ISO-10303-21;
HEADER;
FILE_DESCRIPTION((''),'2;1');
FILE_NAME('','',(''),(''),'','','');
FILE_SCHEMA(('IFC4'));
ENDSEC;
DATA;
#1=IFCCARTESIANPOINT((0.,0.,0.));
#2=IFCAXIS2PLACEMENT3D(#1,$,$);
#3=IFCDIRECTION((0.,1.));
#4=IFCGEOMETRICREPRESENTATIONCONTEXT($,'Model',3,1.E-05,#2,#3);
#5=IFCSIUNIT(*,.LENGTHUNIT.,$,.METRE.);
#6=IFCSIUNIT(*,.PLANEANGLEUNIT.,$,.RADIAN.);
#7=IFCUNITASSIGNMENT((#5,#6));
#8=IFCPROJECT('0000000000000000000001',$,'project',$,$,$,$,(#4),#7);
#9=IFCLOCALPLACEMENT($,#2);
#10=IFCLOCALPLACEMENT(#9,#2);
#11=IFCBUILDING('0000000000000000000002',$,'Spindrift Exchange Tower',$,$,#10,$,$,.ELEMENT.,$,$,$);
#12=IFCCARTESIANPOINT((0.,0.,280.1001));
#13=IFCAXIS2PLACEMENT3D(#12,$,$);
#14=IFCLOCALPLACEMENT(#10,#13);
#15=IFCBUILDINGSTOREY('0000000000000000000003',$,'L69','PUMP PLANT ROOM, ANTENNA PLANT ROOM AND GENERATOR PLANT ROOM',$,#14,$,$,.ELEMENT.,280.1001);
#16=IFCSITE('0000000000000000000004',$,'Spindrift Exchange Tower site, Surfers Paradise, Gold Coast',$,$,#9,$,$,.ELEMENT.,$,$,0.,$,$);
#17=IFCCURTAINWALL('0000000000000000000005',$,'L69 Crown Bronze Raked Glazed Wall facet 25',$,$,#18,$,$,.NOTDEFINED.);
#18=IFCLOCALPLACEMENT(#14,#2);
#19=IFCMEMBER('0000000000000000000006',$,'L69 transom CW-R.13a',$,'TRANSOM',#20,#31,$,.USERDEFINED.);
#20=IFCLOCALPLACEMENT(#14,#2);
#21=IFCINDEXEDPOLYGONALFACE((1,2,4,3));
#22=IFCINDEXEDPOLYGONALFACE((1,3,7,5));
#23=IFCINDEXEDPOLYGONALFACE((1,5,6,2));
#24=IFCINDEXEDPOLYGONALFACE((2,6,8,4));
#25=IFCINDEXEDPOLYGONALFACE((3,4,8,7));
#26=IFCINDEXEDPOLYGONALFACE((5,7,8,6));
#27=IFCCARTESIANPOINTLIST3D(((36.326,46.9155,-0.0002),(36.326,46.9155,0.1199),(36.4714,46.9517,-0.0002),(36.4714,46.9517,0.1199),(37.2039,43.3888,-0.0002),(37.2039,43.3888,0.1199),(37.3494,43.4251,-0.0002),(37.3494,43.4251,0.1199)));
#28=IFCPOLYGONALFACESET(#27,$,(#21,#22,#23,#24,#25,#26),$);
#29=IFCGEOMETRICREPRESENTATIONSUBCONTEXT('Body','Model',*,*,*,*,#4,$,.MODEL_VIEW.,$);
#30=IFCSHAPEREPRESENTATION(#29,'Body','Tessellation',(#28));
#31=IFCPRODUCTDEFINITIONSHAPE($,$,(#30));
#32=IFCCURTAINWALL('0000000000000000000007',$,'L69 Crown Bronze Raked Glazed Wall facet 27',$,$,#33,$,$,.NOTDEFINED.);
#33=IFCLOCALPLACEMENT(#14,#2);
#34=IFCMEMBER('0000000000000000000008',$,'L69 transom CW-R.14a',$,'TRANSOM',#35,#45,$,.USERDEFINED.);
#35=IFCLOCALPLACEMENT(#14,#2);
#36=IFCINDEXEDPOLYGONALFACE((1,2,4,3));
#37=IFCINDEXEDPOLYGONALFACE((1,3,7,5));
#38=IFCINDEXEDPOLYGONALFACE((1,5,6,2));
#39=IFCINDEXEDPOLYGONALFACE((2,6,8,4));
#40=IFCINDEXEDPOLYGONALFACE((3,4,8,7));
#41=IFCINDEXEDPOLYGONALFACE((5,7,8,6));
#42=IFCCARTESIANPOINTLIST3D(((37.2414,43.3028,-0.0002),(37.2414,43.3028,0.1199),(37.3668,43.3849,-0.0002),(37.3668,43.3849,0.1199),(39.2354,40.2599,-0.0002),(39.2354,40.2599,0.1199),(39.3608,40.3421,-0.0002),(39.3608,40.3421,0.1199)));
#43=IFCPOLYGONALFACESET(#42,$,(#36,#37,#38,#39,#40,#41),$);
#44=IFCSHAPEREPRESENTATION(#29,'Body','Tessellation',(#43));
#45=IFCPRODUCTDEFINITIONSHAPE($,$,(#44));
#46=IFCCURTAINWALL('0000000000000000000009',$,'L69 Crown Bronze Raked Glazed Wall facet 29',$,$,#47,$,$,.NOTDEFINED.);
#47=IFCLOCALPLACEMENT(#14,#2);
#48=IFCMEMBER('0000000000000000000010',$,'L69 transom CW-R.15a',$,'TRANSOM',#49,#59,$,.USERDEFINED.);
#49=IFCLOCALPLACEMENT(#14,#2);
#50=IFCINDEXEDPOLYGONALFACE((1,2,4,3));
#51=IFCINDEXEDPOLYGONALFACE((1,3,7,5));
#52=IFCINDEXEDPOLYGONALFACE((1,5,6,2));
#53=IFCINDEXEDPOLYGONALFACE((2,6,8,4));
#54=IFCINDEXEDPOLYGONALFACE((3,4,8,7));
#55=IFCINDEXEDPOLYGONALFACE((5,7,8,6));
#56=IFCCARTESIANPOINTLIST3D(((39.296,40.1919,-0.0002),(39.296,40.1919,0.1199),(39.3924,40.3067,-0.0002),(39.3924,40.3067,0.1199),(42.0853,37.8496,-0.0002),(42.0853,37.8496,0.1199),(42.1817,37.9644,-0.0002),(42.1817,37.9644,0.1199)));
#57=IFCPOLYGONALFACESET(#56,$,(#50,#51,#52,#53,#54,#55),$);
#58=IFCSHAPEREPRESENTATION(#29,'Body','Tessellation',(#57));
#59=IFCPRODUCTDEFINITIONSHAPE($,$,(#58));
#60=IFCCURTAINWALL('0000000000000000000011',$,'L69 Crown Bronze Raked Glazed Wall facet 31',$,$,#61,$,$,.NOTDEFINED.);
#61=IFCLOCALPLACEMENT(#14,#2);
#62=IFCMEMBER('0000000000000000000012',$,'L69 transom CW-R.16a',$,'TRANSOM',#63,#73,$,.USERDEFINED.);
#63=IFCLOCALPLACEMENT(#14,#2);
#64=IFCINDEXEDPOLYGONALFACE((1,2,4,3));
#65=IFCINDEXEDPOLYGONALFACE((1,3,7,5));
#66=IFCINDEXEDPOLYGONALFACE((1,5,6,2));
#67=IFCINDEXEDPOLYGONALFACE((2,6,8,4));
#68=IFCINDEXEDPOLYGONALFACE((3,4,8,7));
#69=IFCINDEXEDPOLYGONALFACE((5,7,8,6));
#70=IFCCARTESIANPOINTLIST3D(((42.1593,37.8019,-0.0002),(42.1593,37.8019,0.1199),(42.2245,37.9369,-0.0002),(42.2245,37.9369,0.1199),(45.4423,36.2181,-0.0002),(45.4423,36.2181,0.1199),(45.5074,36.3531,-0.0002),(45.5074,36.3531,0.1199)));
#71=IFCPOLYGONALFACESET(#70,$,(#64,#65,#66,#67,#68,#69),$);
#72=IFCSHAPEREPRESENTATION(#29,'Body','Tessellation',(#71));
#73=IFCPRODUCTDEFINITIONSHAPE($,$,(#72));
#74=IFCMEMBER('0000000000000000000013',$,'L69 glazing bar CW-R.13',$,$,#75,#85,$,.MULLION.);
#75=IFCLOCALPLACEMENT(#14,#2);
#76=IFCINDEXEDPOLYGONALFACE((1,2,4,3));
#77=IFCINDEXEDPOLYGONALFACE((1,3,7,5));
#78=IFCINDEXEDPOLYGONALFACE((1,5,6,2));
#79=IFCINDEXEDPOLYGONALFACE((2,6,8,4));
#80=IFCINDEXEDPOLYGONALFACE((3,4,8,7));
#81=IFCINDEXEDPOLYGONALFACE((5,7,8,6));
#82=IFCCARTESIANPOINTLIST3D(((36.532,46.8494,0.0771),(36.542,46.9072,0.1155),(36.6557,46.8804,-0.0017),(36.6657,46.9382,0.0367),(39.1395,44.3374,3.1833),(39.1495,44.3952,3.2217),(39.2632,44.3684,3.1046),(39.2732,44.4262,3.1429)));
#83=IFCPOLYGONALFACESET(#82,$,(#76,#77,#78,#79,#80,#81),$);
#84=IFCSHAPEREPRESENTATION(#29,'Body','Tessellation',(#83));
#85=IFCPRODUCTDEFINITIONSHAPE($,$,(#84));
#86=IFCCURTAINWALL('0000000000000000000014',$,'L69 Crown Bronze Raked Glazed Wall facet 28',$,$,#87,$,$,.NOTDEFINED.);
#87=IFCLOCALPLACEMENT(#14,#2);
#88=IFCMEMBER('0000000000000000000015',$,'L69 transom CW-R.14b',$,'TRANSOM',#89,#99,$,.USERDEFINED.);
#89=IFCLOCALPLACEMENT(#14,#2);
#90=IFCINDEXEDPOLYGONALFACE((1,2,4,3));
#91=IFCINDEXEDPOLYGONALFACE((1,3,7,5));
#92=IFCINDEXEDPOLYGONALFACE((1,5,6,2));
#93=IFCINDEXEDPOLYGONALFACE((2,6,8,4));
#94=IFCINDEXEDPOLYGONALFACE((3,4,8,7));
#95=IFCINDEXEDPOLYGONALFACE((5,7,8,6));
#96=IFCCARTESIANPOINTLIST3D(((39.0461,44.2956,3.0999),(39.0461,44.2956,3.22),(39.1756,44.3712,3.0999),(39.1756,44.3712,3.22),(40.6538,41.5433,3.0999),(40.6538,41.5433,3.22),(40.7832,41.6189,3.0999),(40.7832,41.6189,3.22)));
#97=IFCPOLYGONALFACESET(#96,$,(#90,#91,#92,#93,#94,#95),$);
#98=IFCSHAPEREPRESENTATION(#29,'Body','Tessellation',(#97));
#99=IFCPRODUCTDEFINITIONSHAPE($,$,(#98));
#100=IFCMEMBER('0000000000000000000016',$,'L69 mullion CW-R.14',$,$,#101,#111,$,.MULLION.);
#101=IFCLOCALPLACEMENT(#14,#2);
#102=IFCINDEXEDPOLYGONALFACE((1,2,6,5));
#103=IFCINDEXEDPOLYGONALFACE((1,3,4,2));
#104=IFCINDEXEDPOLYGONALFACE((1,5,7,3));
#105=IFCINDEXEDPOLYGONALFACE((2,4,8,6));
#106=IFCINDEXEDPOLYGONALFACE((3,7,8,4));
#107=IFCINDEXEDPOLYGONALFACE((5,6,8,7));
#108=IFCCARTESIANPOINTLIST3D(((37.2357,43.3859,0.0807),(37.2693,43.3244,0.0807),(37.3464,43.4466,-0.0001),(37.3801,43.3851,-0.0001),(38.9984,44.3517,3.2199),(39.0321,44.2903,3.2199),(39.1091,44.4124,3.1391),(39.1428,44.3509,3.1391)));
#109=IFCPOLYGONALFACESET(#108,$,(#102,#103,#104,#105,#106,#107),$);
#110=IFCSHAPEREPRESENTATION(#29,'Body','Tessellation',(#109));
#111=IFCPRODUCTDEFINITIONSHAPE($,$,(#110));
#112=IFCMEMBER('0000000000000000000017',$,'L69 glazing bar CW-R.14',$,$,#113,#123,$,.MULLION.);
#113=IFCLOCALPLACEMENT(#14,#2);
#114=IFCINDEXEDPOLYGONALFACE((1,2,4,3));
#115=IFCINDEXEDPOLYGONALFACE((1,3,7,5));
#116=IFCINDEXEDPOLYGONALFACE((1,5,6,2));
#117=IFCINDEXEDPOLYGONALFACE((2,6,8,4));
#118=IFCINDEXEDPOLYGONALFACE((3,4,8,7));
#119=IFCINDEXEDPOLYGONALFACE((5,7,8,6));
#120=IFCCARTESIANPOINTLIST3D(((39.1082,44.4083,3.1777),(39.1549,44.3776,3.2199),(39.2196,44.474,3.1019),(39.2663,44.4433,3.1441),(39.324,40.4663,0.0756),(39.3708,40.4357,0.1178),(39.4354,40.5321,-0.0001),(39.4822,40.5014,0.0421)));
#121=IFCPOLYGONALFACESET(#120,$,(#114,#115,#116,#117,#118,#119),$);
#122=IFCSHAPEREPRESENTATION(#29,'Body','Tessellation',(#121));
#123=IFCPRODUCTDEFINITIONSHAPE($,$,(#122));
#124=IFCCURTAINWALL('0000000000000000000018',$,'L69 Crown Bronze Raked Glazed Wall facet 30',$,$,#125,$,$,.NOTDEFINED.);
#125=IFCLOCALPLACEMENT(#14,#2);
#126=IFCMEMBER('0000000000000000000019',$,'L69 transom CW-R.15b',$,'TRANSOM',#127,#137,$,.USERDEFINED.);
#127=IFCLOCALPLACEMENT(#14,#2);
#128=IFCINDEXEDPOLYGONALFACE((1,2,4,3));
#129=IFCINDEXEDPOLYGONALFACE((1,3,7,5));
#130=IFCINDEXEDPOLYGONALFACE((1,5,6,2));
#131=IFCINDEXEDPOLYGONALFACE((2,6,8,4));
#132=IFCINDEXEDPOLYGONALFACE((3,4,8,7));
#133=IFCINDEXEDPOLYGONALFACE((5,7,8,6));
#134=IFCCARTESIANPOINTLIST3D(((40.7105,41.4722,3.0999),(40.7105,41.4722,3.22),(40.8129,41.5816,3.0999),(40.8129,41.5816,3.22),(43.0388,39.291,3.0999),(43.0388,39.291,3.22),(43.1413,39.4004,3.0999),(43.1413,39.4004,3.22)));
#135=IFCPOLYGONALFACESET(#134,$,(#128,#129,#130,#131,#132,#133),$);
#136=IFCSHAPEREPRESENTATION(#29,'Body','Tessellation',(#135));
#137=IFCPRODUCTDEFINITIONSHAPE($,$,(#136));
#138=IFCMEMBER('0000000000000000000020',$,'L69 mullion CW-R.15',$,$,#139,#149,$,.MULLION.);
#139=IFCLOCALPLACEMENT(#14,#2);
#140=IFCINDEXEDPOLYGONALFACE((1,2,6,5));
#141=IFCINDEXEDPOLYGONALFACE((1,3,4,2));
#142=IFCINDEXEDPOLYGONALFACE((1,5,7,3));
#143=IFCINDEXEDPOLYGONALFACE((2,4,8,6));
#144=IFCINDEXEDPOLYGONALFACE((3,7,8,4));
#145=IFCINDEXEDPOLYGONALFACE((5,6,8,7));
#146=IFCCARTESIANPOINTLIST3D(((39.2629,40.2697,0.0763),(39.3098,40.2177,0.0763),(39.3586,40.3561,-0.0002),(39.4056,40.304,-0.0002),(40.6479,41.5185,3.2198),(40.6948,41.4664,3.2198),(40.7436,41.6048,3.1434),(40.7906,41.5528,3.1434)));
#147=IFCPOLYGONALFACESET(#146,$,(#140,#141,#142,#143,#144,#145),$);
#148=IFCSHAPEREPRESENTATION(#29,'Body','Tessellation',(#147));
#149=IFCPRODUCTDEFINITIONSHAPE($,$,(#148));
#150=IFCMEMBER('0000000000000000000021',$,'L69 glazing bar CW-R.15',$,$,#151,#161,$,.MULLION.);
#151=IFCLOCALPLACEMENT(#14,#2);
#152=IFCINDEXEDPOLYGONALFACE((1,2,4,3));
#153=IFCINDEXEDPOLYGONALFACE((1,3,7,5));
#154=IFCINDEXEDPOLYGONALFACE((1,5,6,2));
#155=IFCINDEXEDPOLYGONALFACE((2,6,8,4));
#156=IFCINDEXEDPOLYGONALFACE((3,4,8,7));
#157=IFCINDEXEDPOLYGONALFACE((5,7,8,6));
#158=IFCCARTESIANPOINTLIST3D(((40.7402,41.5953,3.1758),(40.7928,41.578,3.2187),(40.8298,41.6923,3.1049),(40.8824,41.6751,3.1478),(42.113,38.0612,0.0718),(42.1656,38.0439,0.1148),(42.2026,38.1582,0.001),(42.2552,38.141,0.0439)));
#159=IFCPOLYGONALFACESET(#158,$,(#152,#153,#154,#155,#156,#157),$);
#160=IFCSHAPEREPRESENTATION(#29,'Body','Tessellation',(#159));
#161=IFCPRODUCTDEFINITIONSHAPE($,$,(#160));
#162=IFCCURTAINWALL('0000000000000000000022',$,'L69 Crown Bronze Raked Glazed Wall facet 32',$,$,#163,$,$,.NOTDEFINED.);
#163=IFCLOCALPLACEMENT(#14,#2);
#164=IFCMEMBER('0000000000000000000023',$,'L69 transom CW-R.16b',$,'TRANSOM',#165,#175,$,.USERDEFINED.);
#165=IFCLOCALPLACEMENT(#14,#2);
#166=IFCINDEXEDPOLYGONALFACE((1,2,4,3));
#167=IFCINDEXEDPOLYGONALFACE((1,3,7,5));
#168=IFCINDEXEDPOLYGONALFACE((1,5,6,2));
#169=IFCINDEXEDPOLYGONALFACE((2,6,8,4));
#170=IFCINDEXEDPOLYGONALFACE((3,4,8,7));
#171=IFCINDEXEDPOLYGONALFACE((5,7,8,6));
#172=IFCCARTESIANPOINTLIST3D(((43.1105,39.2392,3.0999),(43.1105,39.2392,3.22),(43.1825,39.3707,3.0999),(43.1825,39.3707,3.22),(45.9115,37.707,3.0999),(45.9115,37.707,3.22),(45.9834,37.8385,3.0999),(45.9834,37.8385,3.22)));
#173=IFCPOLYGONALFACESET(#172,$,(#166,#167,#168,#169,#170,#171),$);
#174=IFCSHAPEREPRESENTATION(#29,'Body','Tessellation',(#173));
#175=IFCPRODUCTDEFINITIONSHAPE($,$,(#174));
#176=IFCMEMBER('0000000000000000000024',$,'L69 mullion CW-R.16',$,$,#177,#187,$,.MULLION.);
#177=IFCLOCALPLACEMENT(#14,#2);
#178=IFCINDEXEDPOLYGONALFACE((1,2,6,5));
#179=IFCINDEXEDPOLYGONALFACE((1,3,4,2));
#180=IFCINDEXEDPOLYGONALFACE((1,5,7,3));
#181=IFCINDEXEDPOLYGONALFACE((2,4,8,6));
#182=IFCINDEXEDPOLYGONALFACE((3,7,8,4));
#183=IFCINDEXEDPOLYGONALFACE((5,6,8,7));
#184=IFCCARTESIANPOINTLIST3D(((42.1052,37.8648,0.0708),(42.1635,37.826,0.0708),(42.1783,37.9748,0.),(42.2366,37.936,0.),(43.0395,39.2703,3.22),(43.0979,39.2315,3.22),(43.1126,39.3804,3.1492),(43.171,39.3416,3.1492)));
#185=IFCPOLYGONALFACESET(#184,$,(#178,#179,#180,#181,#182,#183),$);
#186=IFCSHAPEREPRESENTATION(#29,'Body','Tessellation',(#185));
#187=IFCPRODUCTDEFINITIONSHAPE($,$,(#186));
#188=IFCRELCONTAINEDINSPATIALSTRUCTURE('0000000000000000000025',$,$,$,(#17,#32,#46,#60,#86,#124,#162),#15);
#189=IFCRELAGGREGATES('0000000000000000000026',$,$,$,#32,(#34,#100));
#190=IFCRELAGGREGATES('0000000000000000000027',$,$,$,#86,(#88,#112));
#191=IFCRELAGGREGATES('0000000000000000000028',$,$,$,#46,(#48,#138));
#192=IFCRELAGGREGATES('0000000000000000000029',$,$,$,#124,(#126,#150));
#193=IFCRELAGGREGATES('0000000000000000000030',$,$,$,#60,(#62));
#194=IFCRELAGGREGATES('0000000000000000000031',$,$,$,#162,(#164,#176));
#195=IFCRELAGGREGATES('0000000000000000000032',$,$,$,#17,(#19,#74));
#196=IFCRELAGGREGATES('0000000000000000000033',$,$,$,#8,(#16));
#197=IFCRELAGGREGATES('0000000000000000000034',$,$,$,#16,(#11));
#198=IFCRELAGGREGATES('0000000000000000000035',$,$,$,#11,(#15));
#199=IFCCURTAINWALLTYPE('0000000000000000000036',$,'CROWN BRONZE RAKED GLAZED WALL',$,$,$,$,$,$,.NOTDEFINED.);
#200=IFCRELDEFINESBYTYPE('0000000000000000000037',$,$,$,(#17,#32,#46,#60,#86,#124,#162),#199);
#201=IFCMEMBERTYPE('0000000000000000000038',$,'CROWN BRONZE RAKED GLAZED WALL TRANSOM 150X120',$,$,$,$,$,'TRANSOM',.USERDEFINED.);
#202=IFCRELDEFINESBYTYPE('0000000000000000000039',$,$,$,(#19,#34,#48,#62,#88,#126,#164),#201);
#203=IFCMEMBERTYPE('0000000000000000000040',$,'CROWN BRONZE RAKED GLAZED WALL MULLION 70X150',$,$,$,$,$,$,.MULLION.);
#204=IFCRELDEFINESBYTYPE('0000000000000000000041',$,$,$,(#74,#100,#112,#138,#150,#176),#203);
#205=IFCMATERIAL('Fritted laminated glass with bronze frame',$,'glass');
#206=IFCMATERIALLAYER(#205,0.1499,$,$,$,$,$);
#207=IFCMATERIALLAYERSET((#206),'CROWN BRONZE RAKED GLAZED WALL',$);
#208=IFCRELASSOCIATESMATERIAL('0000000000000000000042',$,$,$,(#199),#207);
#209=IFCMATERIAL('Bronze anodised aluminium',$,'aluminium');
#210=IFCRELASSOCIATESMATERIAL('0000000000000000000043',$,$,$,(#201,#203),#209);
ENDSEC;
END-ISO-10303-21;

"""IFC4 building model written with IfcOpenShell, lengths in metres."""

from ifc_helpers import new_model, si_unit, direction, frame, origin, origin_2d, place, context, subcontext, project, spatial, rectangle, extrude, source, transform, mapped, material, layer, layer_set, material_profile, profile_set, type_object, element, aggregate, save


model = new_model("IFC4")

# Units and contexts
model_context = context("Model", 3, precision=1e-05, world=origin(), true_north=direction((0.0, 1.0)))
body_context = subcontext(model_context, "Body", "Model", "MODEL_VIEW")
ifc_project = project(units=[si_unit("LENGTHUNIT", "METRE"), si_unit("PLANEANGLEUNIT", "RADIAN")], contexts=[model_context])

# Site, building, storey
site_placement = place(None, origin())
site = spatial("IfcSite", under=ifc_project, at=site_placement, Name="Spindrift Exchange Tower site, Surfers Paradise, Gold Coast", CompositionType="ELEMENT", RefElevation=0.0)
building_placement = place(site_placement, origin())
building = spatial("IfcBuilding", under=site, at=building_placement, Name="Spindrift Exchange Tower", CompositionType="ELEMENT")
storey_placement = place(building_placement, frame((0.0, 0.0, 280.1001)))
storey = spatial("IfcBuildingStorey", under=building, at=storey_placement, Name="L69", Description="PUMP PLANT ROOM, ANTENNA PLANT ROOM AND GENERATOR PLANT ROOM", CompositionType="ELEMENT", Elevation=280.1001)

# Curtain walls, members
ifc_material_1 = material(Name="Fritted laminated glass with bronze frame", Category="glass")
ifc_layer_1 = layer(ifc_material_1, 0.1499)
ifc_layer_set_1 = layer_set([ifc_layer_1], Name="CROWN BRONZE RAKED GLAZED WALL")
curtain_wall_type = type_object("IfcCurtainWallType", Name="CROWN BRONZE RAKED GLAZED WALL", PredefinedType="NOTDEFINED", material=ifc_layer_set_1)
curtain_wall_1_placement = place(storey_placement, origin())
curtain_wall_1 = element("IfcCurtainWall", 1, at=curtain_wall_1_placement, inside=storey, type_object=curtain_wall_type, Name="L69 Crown Bronze Raked Glazed Wall facet 25", PredefinedType="NOTDEFINED")
ifc_material_2 = material(Name="Bronze anodised aluminium", Category="aluminium")
ifc_material_profile_1 = material_profile(ifc_material_2, rectangle(XDim=0.1499, YDim=0.1201, at=origin_2d()), Name="CROWN BRONZE RAKED GLAZED WALL TRANSOM 150X120")
ifc_profile_set_1 = profile_set([ifc_material_profile_1], Name="Bronze anodised aluminium")
member_type_1 = type_object("IfcMemberType", Name="CROWN BRONZE RAKED GLAZED WALL TRANSOM 150X120", ElementType="TRANSOM", PredefinedType="USERDEFINED", material=ifc_profile_set_1)
shared_shape_1 = source(origin(), body_context, "Body", "SweptSolid", [
    extrude(rectangle(XDim=0.1499, YDim=0.1201, at=origin_2d()), origin(), (0.0, 0.0, 1.0), 3.6343),
])
member_1_placement = place(storey_placement, frame((36.3987, 46.9336, 0.0598), z_axis=(0.241571, -0.970383, 0.0), x_axis=(0.970383, 0.241571, 0.0)))
member_1 = element("IfcMember", 2, at=member_1_placement, type_object=member_type_1, Name="L69 transom CW-R.13a", ObjectType="TRANSOM", PredefinedType="USERDEFINED", context=body_context, shape_type="MappedRepresentation", body=[
    mapped(shared_shape_1, transform((0.0, 0.0, 0.0), scale=1.0)),
])
curtain_wall_2_placement = place(storey_placement, origin())
curtain_wall_2 = element("IfcCurtainWall", 3, at=curtain_wall_2_placement, inside=storey, type_object=curtain_wall_type, Name="L69 Crown Bronze Raked Glazed Wall facet 27", PredefinedType="NOTDEFINED")
shared_shape_2 = source(origin(), body_context, "Body", "SweptSolid", [
    extrude(rectangle(XDim=0.1499, YDim=0.1201, at=origin_2d()), origin(), (0.0, 0.0, 1.0), 3.6379),
])
member_2_placement = place(storey_placement, frame((39.2981, 40.301, 0.0598), z_axis=(-0.548101, 0.836412, 0.0), x_axis=(-0.836412, -0.548101, 0.0)))
member_2 = element("IfcMember", 4, at=member_2_placement, type_object=member_type_1, Name="L69 transom CW-R.14a", ObjectType="TRANSOM", PredefinedType="USERDEFINED", context=body_context, shape_type="MappedRepresentation", body=[
    mapped(shared_shape_2, transform((0.0, 0.0, 0.0), scale=1.0)),
])
curtain_wall_3_placement = place(storey_placement, origin())
curtain_wall_3 = element("IfcCurtainWall", 5, at=curtain_wall_3_placement, inside=storey, type_object=curtain_wall_type, Name="L69 Crown Bronze Raked Glazed Wall facet 29", PredefinedType="NOTDEFINED")
shared_shape_3 = source(origin(), body_context, "Body", "SweptSolid", [
    extrude(rectangle(XDim=0.1499, YDim=0.1201, at=origin_2d()), origin(), (0.0, 0.0, 1.0), 3.6423),
])
member_3_placement = place(storey_placement, frame((42.1335, 37.907, 0.0598), z_axis=(-0.765804, 0.643074, 0.0), x_axis=(-0.643074, -0.765804, 0.0)))
member_3 = element("IfcMember", 6, at=member_3_placement, type_object=member_type_1, Name="L69 transom CW-R.15a", ObjectType="TRANSOM", PredefinedType="USERDEFINED", context=body_context, shape_type="MappedRepresentation", body=[
    mapped(shared_shape_3, transform((0.0, 0.0, 0.0), scale=1.0)),
])
curtain_wall_4_placement = place(storey_placement, origin())
curtain_wall_4 = element("IfcCurtainWall", 7, at=curtain_wall_4_placement, inside=storey, type_object=curtain_wall_type, Name="L69 Crown Bronze Raked Glazed Wall facet 31", PredefinedType="NOTDEFINED")
shared_shape_4 = source(origin(), body_context, "Body", "SweptSolid", [
    extrude(rectangle(XDim=0.1499, YDim=0.1201, at=origin_2d()), origin(), (0.0, 0.0, 1.0), 3.645),
])
member_4_placement = place(storey_placement, frame((42.1919, 37.8694, 0.0598), z_axis=(0.900674, -0.434496, 0.0), x_axis=(0.434496, 0.900674, 0.0)))
member_4 = element("IfcMember", 8, at=member_4_placement, type_object=member_type_1, Name="L69 transom CW-R.16a", ObjectType="TRANSOM", PredefinedType="USERDEFINED", context=body_context, shape_type="MappedRepresentation", body=[
    mapped(shared_shape_4, transform((0.0, 0.0, 0.0), scale=1.0)),
])

# Member
ifc_material_profile_2 = material_profile(ifc_material_2, rectangle(XDim=0.0701, YDim=0.1499, at=origin_2d()), Name="CROWN BRONZE RAKED GLAZED WALL MULLION 70X150")
ifc_profile_set_2 = profile_set([ifc_material_profile_2], Name="Bronze anodised aluminium")
member_type_2 = type_object("IfcMemberType", Name="CROWN BRONZE RAKED GLAZED WALL MULLION 70X150", PredefinedType="MULLION", material=ifc_profile_set_2)
shared_shape_5 = source(origin(), body_context, "Body", "SweptSolid", [
    extrude(rectangle(XDim=0.0701, YDim=0.1499, at=origin_2d()), origin(), (0.0, 0.0, 1.0), 4.7705),
])
member_5_placement = place(storey_placement, frame((36.5989, 46.8938, 0.0569), z_axis=(0.546579, -0.526568, 0.651135), x_axis=(0.142275, 0.824649, 0.547459)))
member_5 = element("IfcMember", 9, at=member_5_placement, type_object=member_type_2, Name="L69 glazing bar CW-R.13", PredefinedType="MULLION", context=body_context, shape_type="MappedRepresentation", body=[
    mapped(shared_shape_5, transform((0.0, 0.0, 0.0), scale=1.0)),
])

# Curtain wall, member
curtain_wall_5_placement = place(storey_placement, origin())
curtain_wall_5 = element("IfcCurtainWall", 10, at=curtain_wall_5_placement, inside=storey, type_object=curtain_wall_type, Name="L69 Crown Bronze Raked Glazed Wall facet 28", PredefinedType="NOTDEFINED")
shared_shape_6 = source(origin(), body_context, "Body", "SweptSolid", [
    extrude(rectangle(XDim=0.1499, YDim=0.1201, at=origin_2d()), origin(), (0.0, 0.0, 1.0), 3.1875),
])
member_6_placement = place(storey_placement, frame((40.7185, 41.5811, 3.1599), z_axis=(-0.504357, 0.863495, 0.0), x_axis=(-0.863495, -0.504357, 0.0)))
member_6 = element("IfcMember", 11, at=member_6_placement, type_object=member_type_1, Name="L69 transom CW-R.14b", ObjectType="TRANSOM", PredefinedType="USERDEFINED", context=body_context, shape_type="MappedRepresentation", body=[
    mapped(shared_shape_6, transform((0.0, 0.0, 0.0), scale=1.0)),
])

# Members
shared_shape_7 = source(origin(), body_context, "Body", "SweptSolid", [
    extrude(rectangle(XDim=0.0701, YDim=0.1499, at=origin_2d()), origin(), (0.0, 0.0, 1.0), 3.7275),
])
member_7_placement = place(storey_placement, frame((37.3079, 43.3855, 0.0403), z_axis=(0.47289, 0.259107, 0.842163), x_axis=(-0.480519, 0.876984, 0.0)))
member_7 = element("IfcMember", 12, at=member_7_placement, type_object=member_type_2, Name="L69 mullion CW-R.14", PredefinedType="MULLION", context=body_context, shape_type="MappedRepresentation", body=[
    mapped(shared_shape_7, transform((0.0, 0.0, 0.0), scale=1.0)),
])
shared_shape_8 = source(origin(), body_context, "Body", "SweptSolid", [
    extrude(rectangle(XDim=0.0701, YDim=0.1499, at=origin_2d()), origin(), (0.0, 0.0, 1.0), 5.0208),
])
member_8_placement = place(storey_placement, frame((39.4031, 40.4839, 0.0588), z_axis=(-0.042986, 0.785122, 0.617847), x_axis=(-0.667749, 0.437422, -0.602307)))
member_8 = element("IfcMember", 13, at=member_8_placement, type_object=member_type_2, Name="L69 glazing bar CW-R.14", PredefinedType="MULLION", context=body_context, shape_type="MappedRepresentation", body=[
    mapped(shared_shape_8, transform((0.0, 0.0, 0.0), scale=1.0)),
])

# Curtain wall, member
curtain_wall_6_placement = place(storey_placement, origin())
curtain_wall_6 = element("IfcCurtainWall", 14, at=curtain_wall_6_placement, inside=storey, type_object=curtain_wall_type, Name="L69 Crown Bronze Raked Glazed Wall facet 30", PredefinedType="NOTDEFINED")
shared_shape_9 = source(origin(), body_context, "Body", "SweptSolid", [
    extrude(rectangle(XDim=0.1499, YDim=0.1201, at=origin_2d()), origin(), (0.0, 0.0, 1.0), 3.1904),
])
member_9_placement = place(storey_placement, frame((43.0901, 39.3457, 3.1599), z_axis=(-0.729802, 0.683659, 0.0), x_axis=(-0.683659, -0.729802, 0.0)))
member_9 = element("IfcMember", 15, at=member_9_placement, type_object=member_type_1, Name="L69 transom CW-R.15b", ObjectType="TRANSOM", PredefinedType="USERDEFINED", context=body_context, shape_type="MappedRepresentation", body=[
    mapped(shared_shape_9, transform((0.0, 0.0, 0.0), scale=1.0)),
])

# Members
shared_shape_10 = source(origin(), body_context, "Body", "SweptSolid", [
    extrude(rectangle(XDim=0.0701, YDim=0.1499, at=origin_2d()), origin(), (0.0, 0.0, 1.0), 3.655),
])
member_10_placement = place(storey_placement, frame((39.3342, 40.2869, 0.0381), z_axis=(0.378927, 0.341655, 0.86005), x_axis=(-0.669637, 0.742688, 0.0)))
member_10 = element("IfcMember", 16, at=member_10_placement, type_object=member_type_2, Name="L69 mullion CW-R.15", PredefinedType="MULLION", context=body_context, shape_type="MappedRepresentation", body=[
    mapped(shared_shape_10, transform((0.0, 0.0, 0.0), scale=1.0)),
])
shared_shape_11 = source(origin(), body_context, "Body", "SweptSolid", [
    extrude(rectangle(XDim=0.0701, YDim=0.1499, at=origin_2d()), origin(), (0.0, 0.0, 1.0), 4.8999),
])
member_11_placement = place(storey_placement, frame((42.1841, 38.1011, 0.0579), z_axis=(-0.280165, 0.721263, 0.633472), x_axis=(-0.751103, 0.246233, -0.612547)))
member_11 = element("IfcMember", 17, at=member_11_placement, type_object=member_type_2, Name="L69 glazing bar CW-R.15", PredefinedType="MULLION", context=body_context, shape_type="MappedRepresentation", body=[
    mapped(shared_shape_11, transform((0.0, 0.0, 0.0), scale=1.0)),
])

# Curtain wall, members
curtain_wall_7_placement = place(storey_placement, origin())
curtain_wall_7 = element("IfcCurtainWall", 18, at=curtain_wall_7_placement, inside=storey, type_object=curtain_wall_type, Name="L69 Crown Bronze Raked Glazed Wall facet 32", PredefinedType="NOTDEFINED")
shared_shape_12 = source(origin(), body_context, "Body", "SweptSolid", [
    extrude(rectangle(XDim=0.1499, YDim=0.1201, at=origin_2d()), origin(), (0.0, 0.0, 1.0), 3.1926),
])
member_12_placement = place(storey_placement, frame((43.1465, 39.3049, 3.1599), z_axis=(0.877316, -0.479913, 0.0), x_axis=(0.479913, 0.877316, 0.0)))
member_12 = element("IfcMember", 19, at=member_12_placement, type_object=member_type_1, Name="L69 transom CW-R.16b", ObjectType="TRANSOM", PredefinedType="USERDEFINED", context=body_context, shape_type="MappedRepresentation", body=[
    mapped(shared_shape_12, transform((0.0, 0.0, 0.0), scale=1.0)),
])
shared_shape_13 = source(origin(), body_context, "Body", "SweptSolid", [
    extrude(rectangle(XDim=0.0701, YDim=0.1499, at=origin_2d()), origin(), (0.0, 0.0, 1.0), 3.573),
])
member_13_placement = place(storey_placement, frame((42.1709, 37.9004, 0.0354), z_axis=(0.261503, 0.393381, 0.881401), x_axis=(-0.832784, 0.553598, 0.0)))
member_13 = element("IfcMember", 20, at=member_13_placement, type_object=member_type_2, Name="L69 mullion CW-R.16", PredefinedType="MULLION", context=body_context, shape_type="MappedRepresentation", body=[
    mapped(shared_shape_13, transform((0.0, 0.0, 0.0), scale=1.0)),
])

aggregate(curtain_wall_2, [member_2, member_7])
aggregate(curtain_wall_5, [member_6, member_8])
aggregate(curtain_wall_3, [member_3, member_10])
aggregate(curtain_wall_6, [member_9, member_11])

aggregate(curtain_wall_4, [member_4])
aggregate(curtain_wall_7, [member_12, member_13])
aggregate(curtain_wall_1, [member_1, member_5])

save(model, "model.ifc")
